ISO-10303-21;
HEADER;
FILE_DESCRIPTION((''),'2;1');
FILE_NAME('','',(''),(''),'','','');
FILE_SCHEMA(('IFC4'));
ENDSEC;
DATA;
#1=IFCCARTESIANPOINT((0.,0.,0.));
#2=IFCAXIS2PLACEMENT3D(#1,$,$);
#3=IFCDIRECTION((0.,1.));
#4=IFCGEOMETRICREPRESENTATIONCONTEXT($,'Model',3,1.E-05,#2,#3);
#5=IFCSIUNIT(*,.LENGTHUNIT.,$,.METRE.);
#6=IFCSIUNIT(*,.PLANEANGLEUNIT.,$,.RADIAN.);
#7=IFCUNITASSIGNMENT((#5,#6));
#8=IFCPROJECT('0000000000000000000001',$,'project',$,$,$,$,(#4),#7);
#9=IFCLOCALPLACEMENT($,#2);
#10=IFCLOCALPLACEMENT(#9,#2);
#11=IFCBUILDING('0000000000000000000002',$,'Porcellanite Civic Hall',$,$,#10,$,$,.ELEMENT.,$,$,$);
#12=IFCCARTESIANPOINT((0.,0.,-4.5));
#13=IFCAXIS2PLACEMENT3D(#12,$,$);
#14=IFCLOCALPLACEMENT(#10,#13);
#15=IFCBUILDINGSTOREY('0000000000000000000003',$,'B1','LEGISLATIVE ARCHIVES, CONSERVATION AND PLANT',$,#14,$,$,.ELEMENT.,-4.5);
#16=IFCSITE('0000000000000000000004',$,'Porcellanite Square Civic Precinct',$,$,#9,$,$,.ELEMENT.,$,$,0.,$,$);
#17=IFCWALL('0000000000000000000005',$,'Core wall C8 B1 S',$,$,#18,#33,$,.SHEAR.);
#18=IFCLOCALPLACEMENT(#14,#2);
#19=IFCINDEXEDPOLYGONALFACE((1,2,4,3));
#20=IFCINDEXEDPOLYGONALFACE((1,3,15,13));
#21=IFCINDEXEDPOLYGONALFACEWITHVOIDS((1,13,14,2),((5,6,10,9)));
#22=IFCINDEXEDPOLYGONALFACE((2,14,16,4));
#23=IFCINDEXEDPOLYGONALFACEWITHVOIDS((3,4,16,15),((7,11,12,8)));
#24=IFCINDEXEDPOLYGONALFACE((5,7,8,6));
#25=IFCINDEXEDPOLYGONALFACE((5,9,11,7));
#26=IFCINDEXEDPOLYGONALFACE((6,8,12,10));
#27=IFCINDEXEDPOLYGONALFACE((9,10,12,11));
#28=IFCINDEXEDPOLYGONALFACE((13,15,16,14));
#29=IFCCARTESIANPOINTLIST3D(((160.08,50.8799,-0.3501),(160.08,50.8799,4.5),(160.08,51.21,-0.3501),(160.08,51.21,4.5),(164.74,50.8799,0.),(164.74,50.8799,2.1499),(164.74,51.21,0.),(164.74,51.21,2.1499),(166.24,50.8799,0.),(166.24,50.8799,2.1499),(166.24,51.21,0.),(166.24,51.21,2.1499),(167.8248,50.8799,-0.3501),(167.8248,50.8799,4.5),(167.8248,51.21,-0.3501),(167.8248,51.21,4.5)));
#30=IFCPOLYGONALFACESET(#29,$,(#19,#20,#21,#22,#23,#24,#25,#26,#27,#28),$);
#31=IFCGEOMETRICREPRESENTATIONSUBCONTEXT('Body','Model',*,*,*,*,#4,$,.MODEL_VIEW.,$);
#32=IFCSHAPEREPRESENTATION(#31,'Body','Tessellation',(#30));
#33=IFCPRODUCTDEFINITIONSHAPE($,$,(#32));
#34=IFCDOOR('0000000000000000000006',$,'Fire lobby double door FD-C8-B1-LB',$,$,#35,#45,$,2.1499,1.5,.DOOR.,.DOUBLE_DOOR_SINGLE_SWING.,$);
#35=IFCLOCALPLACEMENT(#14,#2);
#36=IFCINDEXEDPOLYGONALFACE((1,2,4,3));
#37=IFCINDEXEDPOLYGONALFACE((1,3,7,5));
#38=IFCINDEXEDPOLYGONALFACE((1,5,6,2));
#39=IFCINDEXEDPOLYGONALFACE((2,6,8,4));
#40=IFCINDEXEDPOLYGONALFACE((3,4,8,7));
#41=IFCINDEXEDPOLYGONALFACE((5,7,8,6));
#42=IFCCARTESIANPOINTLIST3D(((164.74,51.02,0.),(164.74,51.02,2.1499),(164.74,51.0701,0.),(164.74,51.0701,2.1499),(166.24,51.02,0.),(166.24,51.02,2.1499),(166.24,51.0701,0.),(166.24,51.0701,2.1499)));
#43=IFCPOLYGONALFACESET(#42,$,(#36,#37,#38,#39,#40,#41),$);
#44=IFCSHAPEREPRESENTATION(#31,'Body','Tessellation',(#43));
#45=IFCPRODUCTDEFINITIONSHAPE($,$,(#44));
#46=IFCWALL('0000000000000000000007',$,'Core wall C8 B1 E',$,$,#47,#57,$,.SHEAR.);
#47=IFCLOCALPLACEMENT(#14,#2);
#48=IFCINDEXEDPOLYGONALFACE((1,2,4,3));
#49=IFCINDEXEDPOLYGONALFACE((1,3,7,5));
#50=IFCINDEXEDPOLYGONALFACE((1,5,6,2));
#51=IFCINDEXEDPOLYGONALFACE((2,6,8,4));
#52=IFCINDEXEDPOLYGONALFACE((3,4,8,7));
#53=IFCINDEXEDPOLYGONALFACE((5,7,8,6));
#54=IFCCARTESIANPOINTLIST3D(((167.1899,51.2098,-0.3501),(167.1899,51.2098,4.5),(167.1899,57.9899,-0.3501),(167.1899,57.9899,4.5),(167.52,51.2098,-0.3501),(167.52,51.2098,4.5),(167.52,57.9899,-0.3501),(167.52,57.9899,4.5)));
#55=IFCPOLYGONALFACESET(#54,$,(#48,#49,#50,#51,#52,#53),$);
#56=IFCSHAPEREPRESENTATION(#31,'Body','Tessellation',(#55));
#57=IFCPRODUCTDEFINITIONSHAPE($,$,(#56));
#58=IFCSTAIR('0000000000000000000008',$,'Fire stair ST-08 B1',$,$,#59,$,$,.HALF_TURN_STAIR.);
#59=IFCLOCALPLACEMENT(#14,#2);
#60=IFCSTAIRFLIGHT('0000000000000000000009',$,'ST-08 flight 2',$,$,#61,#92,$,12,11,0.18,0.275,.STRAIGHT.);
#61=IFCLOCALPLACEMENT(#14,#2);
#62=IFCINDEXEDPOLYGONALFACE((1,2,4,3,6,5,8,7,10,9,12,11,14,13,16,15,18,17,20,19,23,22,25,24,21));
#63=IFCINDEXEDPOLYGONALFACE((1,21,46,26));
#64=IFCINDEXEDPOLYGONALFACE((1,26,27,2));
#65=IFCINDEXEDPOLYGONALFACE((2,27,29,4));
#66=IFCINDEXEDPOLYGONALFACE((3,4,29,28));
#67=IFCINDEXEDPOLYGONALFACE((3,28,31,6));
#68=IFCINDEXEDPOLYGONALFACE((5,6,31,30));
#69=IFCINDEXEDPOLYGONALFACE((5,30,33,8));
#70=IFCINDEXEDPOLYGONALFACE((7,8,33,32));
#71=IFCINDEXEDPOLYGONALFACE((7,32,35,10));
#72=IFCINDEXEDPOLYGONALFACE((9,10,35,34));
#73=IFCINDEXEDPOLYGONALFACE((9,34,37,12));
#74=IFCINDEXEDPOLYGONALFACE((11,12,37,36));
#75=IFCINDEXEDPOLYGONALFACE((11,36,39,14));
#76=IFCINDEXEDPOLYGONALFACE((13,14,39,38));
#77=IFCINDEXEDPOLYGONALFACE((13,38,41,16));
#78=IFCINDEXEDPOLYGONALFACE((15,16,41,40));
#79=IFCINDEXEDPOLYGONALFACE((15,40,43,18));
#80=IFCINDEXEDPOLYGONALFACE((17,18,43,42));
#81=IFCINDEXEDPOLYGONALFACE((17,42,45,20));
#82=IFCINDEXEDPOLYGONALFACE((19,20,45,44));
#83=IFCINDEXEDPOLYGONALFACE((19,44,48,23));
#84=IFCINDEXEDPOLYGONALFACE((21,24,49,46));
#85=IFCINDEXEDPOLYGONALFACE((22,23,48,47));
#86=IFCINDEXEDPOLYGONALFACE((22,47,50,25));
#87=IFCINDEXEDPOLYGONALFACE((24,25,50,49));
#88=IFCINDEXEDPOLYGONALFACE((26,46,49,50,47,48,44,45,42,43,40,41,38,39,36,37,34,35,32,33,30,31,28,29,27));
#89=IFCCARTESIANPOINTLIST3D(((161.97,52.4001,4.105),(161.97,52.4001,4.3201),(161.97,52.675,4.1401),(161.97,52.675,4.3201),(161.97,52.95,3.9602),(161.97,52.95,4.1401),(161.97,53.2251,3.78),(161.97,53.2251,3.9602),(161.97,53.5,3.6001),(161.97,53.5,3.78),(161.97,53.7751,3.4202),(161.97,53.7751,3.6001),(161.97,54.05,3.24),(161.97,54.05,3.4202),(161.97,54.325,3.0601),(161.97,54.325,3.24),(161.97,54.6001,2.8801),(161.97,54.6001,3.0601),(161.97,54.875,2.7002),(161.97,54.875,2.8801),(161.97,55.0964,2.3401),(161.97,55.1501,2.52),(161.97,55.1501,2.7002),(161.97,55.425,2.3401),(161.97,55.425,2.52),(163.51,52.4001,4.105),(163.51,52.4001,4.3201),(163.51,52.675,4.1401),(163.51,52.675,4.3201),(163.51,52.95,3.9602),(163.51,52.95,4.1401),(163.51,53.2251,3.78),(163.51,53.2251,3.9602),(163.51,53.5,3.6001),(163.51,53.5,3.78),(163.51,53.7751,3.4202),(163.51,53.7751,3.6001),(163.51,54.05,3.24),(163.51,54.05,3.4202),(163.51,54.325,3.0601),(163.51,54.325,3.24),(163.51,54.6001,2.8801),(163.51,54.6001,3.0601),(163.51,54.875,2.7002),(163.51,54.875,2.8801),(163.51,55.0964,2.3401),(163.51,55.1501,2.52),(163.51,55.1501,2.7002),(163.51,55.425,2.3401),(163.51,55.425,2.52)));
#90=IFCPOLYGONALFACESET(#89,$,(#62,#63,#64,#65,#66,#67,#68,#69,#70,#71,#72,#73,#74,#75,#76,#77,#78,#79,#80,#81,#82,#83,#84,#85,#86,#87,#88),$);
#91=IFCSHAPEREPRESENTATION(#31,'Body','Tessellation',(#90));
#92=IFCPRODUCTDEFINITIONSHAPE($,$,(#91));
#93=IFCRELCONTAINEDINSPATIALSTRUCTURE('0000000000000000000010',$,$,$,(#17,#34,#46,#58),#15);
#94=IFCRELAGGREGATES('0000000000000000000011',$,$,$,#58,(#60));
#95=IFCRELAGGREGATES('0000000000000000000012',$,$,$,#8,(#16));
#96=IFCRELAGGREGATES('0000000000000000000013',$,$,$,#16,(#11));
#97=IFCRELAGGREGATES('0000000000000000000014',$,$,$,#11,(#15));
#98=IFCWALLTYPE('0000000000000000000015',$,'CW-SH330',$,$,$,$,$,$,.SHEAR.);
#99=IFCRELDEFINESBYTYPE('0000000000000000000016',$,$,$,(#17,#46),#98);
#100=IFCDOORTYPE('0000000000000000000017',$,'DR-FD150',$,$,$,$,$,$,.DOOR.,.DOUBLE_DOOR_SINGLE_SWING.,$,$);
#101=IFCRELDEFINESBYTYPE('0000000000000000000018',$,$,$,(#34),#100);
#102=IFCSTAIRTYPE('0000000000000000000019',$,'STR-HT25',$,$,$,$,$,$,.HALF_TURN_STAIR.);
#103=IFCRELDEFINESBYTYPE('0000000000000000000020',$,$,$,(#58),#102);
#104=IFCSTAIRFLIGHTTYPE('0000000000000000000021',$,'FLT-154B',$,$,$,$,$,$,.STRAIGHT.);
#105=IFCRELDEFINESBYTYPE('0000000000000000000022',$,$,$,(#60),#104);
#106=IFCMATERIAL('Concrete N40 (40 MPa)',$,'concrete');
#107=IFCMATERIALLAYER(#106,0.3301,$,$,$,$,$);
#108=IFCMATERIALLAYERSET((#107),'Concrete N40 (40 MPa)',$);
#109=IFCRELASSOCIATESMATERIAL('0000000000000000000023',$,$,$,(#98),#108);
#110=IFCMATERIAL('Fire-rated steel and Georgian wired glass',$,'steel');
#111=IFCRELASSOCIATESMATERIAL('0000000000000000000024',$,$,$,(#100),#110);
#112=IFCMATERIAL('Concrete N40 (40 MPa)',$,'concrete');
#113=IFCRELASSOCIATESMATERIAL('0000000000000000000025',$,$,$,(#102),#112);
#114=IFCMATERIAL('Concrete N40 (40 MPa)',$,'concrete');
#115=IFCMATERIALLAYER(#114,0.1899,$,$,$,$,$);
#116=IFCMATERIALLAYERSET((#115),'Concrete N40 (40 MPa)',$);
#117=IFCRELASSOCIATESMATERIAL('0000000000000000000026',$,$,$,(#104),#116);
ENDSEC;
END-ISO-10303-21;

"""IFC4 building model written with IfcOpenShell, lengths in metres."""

from ifc_helpers import new_model, si_unit, direction, frame, frame_2d, origin, place, context, subcontext, project, spatial, polyline, rectangle, outline, extrude, material, layer, layer_set, type_object, element, fill, aggregate, save


model = new_model("IFC4")

# Units and contexts
model_context = context("Model", 3, precision=1e-05, world=origin(), true_north=direction((0.0, 1.0)))
body_context = subcontext(model_context, "Body", "Model", "MODEL_VIEW")
ifc_project = project(units=[si_unit("LENGTHUNIT", "METRE"), si_unit("PLANEANGLEUNIT", "RADIAN")], contexts=[model_context])

# Site, building, storey
site_placement = place(None, origin())
site = spatial("IfcSite", under=ifc_project, at=site_placement, Name="Porcellanite Square Civic Precinct", CompositionType="ELEMENT", RefElevation=0.0)
building_placement = place(site_placement, origin())
building = spatial("IfcBuilding", under=site, at=building_placement, Name="Porcellanite Civic Hall", CompositionType="ELEMENT")
storey_placement = place(building_placement, frame((0.0, 0.0, -4.5)))
storey = spatial("IfcBuildingStorey", under=building, at=storey_placement, Name="B1", Description="LEGISLATIVE ARCHIVES, CONSERVATION AND PLANT", CompositionType="ELEMENT", Elevation=-4.5)

# Wall, opening, door
ifc_material_1 = material(Name="Concrete N40 (40 MPa)", Category="concrete")
ifc_layer_1 = layer(ifc_material_1, 0.3301)
ifc_layer_set_1 = layer_set([ifc_layer_1], Name="Concrete N40 (40 MPa)")
wall_type_1 = type_object("IfcWallType", Name="CW-SH330", PredefinedType="SHEAR", material=ifc_layer_set_1)
wall_1_placement = place(storey_placement, frame((167.825, 51.0449, -0.3501), z_axis=(0.0, 0.0, 1.0), x_axis=(-1.0, 0.0, 0.0)))
wall_1 = element("IfcWall", 1, at=wall_1_placement, inside=storey, type_object=wall_type_1, Name="Core wall C8 B1 S", PredefinedType="SHEAR", context=body_context, shape_type="SweptSolid", body=[
    extrude(rectangle(XDim=7.7449, YDim=0.3301, at=frame_2d((3.8726, 0.0))), origin(), (0.0, 0.0, 1.0), 4.8501),
])
opening_1_placement = place(wall_1_placement, frame((1.585, 0.0, 0.3501)))
opening_1 = element("IfcOpeningElement", 2, at=opening_1_placement, cuts=wall_1, PredefinedType="OPENING", context=body_context, shape_type="SweptSolid", body=[
    extrude(rectangle(XDim=1.5, YDim=2.1499, at=frame_2d((0.75, 1.075))), frame((0.0, 0.165, 0.0), z_axis=(0.0, -1.0, 0.0), x_axis=(1.0, 0.0, 0.0)), (0.0, 0.0, 1.0), 0.3301),
])
ifc_material_2 = material(Name="Fire-rated steel and Georgian wired glass", Category="steel")
door_type_1 = type_object("IfcDoorType", Name="DR-FD150", OperationType="DOUBLE_DOOR_SINGLE_SWING", PredefinedType="DOOR", material=ifc_material_2)
door_1_placement = place(opening_1_placement, origin())
door_1 = element("IfcDoor", 3, at=door_1_placement, inside=storey, type_object=door_type_1, Name="Fire lobby double door FD-C8-B1-LB", OperationType="DOUBLE_DOOR_SINGLE_SWING", OverallHeight=2.1499, OverallWidth=1.5, PredefinedType="DOOR", context=body_context, shape_type="SweptSolid", body=[
    extrude(rectangle(XDim=1.5, YDim=2.1499, at=frame_2d((0.75, 1.075))), frame((0.0, 0.0249, 0.0), z_axis=(0.0, -1.0, 0.0), x_axis=(1.0, 0.0, 0.0)), (0.0, 0.0, 1.0), 0.05),
])
fill(opening_1, door_1)

# Wall
wall_2_placement = place(storey_placement, frame((167.355, 57.99, -0.3501), z_axis=(0.0, 0.0, 1.0), x_axis=(0.0, -1.0, 0.0)))
element("IfcWall", 4, at=wall_2_placement, inside=storey, type_object=wall_type_1, Name="Core wall C8 B1 E", PredefinedType="SHEAR", context=body_context, shape_type="SweptSolid", body=[
    extrude(rectangle(XDim=6.78, YDim=0.3301, at=frame_2d((3.3901, 0.0))), origin(), (0.0, 0.0, 1.0), 4.8501),
])

# Stair, stair flight
ifc_material_3 = material(Name="Concrete N40 (40 MPa)", Category="concrete")
stair_type = type_object("IfcStairType", Name="STR-HT25", PredefinedType="HALF_TURN_STAIR", material=ifc_material_3)
stair_placement = place(storey_placement, origin())
stair = element("IfcStair", 5, at=stair_placement, inside=storey, type_object=stair_type, Name="Fire stair ST-08 B1", PredefinedType="HALF_TURN_STAIR")
ifc_material_4 = material(Name="Concrete N40 (40 MPa)", Category="concrete")
ifc_layer_2 = layer(ifc_material_4, 0.1899)
ifc_layer_set_2 = layer_set([ifc_layer_2], Name="Concrete N40 (40 MPa)")
stair_flight_type = type_object("IfcStairFlightType", Name="FLT-154B", PredefinedType="STRAIGHT", material=ifc_layer_set_2)
stair_flight_placement = place(storey_placement, frame((162.74, 55.425, 2.3401), z_axis=(0.0, 0.0, 1.0), x_axis=(0.0, -1.0, 0.0)))
stair_flight = element("IfcStairFlight", 6, at=stair_flight_placement, type_object=stair_flight_type, Name="ST-08 flight 2", NumberOfRisers=12, NumberOfTreads=11, PredefinedType="STRAIGHT", RiserHeight=0.18, TreadLength=0.275, context=body_context, shape_type="SweptSolid", body=[
    extrude(outline(polyline([(0.0, 0.0), (0.0, 0.1799), (0.2749, 0.1799), (0.2749, 0.3601), (0.55, 0.3601), (0.55, 0.54), (0.825, 0.54), (0.825, 0.72), (1.1001, 0.72), (1.1001, 0.8999), (1.375, 0.8999), (1.375, 1.0801), (1.6499, 1.0801), (1.6499, 1.26), (1.925, 1.26), (1.925, 1.4399), (2.2, 1.4399), (2.2, 1.6201), (2.4751, 1.6201), (2.4751, 1.8), (2.75, 1.8), (2.75, 1.98), (3.0249, 1.98), (3.0249, 2.1599), (3.0249, 1.7649), (0.3286, 0.0), (0.0, 0.0)])), frame((0.0, 0.77, 0.0), z_axis=(0.0, -1.0, 0.0), x_axis=(1.0, 0.0, 0.0)), (0.0, 0.0, 1.0), 1.54),
])
aggregate(stair, [stair_flight])

save(model, "model.ifc")
